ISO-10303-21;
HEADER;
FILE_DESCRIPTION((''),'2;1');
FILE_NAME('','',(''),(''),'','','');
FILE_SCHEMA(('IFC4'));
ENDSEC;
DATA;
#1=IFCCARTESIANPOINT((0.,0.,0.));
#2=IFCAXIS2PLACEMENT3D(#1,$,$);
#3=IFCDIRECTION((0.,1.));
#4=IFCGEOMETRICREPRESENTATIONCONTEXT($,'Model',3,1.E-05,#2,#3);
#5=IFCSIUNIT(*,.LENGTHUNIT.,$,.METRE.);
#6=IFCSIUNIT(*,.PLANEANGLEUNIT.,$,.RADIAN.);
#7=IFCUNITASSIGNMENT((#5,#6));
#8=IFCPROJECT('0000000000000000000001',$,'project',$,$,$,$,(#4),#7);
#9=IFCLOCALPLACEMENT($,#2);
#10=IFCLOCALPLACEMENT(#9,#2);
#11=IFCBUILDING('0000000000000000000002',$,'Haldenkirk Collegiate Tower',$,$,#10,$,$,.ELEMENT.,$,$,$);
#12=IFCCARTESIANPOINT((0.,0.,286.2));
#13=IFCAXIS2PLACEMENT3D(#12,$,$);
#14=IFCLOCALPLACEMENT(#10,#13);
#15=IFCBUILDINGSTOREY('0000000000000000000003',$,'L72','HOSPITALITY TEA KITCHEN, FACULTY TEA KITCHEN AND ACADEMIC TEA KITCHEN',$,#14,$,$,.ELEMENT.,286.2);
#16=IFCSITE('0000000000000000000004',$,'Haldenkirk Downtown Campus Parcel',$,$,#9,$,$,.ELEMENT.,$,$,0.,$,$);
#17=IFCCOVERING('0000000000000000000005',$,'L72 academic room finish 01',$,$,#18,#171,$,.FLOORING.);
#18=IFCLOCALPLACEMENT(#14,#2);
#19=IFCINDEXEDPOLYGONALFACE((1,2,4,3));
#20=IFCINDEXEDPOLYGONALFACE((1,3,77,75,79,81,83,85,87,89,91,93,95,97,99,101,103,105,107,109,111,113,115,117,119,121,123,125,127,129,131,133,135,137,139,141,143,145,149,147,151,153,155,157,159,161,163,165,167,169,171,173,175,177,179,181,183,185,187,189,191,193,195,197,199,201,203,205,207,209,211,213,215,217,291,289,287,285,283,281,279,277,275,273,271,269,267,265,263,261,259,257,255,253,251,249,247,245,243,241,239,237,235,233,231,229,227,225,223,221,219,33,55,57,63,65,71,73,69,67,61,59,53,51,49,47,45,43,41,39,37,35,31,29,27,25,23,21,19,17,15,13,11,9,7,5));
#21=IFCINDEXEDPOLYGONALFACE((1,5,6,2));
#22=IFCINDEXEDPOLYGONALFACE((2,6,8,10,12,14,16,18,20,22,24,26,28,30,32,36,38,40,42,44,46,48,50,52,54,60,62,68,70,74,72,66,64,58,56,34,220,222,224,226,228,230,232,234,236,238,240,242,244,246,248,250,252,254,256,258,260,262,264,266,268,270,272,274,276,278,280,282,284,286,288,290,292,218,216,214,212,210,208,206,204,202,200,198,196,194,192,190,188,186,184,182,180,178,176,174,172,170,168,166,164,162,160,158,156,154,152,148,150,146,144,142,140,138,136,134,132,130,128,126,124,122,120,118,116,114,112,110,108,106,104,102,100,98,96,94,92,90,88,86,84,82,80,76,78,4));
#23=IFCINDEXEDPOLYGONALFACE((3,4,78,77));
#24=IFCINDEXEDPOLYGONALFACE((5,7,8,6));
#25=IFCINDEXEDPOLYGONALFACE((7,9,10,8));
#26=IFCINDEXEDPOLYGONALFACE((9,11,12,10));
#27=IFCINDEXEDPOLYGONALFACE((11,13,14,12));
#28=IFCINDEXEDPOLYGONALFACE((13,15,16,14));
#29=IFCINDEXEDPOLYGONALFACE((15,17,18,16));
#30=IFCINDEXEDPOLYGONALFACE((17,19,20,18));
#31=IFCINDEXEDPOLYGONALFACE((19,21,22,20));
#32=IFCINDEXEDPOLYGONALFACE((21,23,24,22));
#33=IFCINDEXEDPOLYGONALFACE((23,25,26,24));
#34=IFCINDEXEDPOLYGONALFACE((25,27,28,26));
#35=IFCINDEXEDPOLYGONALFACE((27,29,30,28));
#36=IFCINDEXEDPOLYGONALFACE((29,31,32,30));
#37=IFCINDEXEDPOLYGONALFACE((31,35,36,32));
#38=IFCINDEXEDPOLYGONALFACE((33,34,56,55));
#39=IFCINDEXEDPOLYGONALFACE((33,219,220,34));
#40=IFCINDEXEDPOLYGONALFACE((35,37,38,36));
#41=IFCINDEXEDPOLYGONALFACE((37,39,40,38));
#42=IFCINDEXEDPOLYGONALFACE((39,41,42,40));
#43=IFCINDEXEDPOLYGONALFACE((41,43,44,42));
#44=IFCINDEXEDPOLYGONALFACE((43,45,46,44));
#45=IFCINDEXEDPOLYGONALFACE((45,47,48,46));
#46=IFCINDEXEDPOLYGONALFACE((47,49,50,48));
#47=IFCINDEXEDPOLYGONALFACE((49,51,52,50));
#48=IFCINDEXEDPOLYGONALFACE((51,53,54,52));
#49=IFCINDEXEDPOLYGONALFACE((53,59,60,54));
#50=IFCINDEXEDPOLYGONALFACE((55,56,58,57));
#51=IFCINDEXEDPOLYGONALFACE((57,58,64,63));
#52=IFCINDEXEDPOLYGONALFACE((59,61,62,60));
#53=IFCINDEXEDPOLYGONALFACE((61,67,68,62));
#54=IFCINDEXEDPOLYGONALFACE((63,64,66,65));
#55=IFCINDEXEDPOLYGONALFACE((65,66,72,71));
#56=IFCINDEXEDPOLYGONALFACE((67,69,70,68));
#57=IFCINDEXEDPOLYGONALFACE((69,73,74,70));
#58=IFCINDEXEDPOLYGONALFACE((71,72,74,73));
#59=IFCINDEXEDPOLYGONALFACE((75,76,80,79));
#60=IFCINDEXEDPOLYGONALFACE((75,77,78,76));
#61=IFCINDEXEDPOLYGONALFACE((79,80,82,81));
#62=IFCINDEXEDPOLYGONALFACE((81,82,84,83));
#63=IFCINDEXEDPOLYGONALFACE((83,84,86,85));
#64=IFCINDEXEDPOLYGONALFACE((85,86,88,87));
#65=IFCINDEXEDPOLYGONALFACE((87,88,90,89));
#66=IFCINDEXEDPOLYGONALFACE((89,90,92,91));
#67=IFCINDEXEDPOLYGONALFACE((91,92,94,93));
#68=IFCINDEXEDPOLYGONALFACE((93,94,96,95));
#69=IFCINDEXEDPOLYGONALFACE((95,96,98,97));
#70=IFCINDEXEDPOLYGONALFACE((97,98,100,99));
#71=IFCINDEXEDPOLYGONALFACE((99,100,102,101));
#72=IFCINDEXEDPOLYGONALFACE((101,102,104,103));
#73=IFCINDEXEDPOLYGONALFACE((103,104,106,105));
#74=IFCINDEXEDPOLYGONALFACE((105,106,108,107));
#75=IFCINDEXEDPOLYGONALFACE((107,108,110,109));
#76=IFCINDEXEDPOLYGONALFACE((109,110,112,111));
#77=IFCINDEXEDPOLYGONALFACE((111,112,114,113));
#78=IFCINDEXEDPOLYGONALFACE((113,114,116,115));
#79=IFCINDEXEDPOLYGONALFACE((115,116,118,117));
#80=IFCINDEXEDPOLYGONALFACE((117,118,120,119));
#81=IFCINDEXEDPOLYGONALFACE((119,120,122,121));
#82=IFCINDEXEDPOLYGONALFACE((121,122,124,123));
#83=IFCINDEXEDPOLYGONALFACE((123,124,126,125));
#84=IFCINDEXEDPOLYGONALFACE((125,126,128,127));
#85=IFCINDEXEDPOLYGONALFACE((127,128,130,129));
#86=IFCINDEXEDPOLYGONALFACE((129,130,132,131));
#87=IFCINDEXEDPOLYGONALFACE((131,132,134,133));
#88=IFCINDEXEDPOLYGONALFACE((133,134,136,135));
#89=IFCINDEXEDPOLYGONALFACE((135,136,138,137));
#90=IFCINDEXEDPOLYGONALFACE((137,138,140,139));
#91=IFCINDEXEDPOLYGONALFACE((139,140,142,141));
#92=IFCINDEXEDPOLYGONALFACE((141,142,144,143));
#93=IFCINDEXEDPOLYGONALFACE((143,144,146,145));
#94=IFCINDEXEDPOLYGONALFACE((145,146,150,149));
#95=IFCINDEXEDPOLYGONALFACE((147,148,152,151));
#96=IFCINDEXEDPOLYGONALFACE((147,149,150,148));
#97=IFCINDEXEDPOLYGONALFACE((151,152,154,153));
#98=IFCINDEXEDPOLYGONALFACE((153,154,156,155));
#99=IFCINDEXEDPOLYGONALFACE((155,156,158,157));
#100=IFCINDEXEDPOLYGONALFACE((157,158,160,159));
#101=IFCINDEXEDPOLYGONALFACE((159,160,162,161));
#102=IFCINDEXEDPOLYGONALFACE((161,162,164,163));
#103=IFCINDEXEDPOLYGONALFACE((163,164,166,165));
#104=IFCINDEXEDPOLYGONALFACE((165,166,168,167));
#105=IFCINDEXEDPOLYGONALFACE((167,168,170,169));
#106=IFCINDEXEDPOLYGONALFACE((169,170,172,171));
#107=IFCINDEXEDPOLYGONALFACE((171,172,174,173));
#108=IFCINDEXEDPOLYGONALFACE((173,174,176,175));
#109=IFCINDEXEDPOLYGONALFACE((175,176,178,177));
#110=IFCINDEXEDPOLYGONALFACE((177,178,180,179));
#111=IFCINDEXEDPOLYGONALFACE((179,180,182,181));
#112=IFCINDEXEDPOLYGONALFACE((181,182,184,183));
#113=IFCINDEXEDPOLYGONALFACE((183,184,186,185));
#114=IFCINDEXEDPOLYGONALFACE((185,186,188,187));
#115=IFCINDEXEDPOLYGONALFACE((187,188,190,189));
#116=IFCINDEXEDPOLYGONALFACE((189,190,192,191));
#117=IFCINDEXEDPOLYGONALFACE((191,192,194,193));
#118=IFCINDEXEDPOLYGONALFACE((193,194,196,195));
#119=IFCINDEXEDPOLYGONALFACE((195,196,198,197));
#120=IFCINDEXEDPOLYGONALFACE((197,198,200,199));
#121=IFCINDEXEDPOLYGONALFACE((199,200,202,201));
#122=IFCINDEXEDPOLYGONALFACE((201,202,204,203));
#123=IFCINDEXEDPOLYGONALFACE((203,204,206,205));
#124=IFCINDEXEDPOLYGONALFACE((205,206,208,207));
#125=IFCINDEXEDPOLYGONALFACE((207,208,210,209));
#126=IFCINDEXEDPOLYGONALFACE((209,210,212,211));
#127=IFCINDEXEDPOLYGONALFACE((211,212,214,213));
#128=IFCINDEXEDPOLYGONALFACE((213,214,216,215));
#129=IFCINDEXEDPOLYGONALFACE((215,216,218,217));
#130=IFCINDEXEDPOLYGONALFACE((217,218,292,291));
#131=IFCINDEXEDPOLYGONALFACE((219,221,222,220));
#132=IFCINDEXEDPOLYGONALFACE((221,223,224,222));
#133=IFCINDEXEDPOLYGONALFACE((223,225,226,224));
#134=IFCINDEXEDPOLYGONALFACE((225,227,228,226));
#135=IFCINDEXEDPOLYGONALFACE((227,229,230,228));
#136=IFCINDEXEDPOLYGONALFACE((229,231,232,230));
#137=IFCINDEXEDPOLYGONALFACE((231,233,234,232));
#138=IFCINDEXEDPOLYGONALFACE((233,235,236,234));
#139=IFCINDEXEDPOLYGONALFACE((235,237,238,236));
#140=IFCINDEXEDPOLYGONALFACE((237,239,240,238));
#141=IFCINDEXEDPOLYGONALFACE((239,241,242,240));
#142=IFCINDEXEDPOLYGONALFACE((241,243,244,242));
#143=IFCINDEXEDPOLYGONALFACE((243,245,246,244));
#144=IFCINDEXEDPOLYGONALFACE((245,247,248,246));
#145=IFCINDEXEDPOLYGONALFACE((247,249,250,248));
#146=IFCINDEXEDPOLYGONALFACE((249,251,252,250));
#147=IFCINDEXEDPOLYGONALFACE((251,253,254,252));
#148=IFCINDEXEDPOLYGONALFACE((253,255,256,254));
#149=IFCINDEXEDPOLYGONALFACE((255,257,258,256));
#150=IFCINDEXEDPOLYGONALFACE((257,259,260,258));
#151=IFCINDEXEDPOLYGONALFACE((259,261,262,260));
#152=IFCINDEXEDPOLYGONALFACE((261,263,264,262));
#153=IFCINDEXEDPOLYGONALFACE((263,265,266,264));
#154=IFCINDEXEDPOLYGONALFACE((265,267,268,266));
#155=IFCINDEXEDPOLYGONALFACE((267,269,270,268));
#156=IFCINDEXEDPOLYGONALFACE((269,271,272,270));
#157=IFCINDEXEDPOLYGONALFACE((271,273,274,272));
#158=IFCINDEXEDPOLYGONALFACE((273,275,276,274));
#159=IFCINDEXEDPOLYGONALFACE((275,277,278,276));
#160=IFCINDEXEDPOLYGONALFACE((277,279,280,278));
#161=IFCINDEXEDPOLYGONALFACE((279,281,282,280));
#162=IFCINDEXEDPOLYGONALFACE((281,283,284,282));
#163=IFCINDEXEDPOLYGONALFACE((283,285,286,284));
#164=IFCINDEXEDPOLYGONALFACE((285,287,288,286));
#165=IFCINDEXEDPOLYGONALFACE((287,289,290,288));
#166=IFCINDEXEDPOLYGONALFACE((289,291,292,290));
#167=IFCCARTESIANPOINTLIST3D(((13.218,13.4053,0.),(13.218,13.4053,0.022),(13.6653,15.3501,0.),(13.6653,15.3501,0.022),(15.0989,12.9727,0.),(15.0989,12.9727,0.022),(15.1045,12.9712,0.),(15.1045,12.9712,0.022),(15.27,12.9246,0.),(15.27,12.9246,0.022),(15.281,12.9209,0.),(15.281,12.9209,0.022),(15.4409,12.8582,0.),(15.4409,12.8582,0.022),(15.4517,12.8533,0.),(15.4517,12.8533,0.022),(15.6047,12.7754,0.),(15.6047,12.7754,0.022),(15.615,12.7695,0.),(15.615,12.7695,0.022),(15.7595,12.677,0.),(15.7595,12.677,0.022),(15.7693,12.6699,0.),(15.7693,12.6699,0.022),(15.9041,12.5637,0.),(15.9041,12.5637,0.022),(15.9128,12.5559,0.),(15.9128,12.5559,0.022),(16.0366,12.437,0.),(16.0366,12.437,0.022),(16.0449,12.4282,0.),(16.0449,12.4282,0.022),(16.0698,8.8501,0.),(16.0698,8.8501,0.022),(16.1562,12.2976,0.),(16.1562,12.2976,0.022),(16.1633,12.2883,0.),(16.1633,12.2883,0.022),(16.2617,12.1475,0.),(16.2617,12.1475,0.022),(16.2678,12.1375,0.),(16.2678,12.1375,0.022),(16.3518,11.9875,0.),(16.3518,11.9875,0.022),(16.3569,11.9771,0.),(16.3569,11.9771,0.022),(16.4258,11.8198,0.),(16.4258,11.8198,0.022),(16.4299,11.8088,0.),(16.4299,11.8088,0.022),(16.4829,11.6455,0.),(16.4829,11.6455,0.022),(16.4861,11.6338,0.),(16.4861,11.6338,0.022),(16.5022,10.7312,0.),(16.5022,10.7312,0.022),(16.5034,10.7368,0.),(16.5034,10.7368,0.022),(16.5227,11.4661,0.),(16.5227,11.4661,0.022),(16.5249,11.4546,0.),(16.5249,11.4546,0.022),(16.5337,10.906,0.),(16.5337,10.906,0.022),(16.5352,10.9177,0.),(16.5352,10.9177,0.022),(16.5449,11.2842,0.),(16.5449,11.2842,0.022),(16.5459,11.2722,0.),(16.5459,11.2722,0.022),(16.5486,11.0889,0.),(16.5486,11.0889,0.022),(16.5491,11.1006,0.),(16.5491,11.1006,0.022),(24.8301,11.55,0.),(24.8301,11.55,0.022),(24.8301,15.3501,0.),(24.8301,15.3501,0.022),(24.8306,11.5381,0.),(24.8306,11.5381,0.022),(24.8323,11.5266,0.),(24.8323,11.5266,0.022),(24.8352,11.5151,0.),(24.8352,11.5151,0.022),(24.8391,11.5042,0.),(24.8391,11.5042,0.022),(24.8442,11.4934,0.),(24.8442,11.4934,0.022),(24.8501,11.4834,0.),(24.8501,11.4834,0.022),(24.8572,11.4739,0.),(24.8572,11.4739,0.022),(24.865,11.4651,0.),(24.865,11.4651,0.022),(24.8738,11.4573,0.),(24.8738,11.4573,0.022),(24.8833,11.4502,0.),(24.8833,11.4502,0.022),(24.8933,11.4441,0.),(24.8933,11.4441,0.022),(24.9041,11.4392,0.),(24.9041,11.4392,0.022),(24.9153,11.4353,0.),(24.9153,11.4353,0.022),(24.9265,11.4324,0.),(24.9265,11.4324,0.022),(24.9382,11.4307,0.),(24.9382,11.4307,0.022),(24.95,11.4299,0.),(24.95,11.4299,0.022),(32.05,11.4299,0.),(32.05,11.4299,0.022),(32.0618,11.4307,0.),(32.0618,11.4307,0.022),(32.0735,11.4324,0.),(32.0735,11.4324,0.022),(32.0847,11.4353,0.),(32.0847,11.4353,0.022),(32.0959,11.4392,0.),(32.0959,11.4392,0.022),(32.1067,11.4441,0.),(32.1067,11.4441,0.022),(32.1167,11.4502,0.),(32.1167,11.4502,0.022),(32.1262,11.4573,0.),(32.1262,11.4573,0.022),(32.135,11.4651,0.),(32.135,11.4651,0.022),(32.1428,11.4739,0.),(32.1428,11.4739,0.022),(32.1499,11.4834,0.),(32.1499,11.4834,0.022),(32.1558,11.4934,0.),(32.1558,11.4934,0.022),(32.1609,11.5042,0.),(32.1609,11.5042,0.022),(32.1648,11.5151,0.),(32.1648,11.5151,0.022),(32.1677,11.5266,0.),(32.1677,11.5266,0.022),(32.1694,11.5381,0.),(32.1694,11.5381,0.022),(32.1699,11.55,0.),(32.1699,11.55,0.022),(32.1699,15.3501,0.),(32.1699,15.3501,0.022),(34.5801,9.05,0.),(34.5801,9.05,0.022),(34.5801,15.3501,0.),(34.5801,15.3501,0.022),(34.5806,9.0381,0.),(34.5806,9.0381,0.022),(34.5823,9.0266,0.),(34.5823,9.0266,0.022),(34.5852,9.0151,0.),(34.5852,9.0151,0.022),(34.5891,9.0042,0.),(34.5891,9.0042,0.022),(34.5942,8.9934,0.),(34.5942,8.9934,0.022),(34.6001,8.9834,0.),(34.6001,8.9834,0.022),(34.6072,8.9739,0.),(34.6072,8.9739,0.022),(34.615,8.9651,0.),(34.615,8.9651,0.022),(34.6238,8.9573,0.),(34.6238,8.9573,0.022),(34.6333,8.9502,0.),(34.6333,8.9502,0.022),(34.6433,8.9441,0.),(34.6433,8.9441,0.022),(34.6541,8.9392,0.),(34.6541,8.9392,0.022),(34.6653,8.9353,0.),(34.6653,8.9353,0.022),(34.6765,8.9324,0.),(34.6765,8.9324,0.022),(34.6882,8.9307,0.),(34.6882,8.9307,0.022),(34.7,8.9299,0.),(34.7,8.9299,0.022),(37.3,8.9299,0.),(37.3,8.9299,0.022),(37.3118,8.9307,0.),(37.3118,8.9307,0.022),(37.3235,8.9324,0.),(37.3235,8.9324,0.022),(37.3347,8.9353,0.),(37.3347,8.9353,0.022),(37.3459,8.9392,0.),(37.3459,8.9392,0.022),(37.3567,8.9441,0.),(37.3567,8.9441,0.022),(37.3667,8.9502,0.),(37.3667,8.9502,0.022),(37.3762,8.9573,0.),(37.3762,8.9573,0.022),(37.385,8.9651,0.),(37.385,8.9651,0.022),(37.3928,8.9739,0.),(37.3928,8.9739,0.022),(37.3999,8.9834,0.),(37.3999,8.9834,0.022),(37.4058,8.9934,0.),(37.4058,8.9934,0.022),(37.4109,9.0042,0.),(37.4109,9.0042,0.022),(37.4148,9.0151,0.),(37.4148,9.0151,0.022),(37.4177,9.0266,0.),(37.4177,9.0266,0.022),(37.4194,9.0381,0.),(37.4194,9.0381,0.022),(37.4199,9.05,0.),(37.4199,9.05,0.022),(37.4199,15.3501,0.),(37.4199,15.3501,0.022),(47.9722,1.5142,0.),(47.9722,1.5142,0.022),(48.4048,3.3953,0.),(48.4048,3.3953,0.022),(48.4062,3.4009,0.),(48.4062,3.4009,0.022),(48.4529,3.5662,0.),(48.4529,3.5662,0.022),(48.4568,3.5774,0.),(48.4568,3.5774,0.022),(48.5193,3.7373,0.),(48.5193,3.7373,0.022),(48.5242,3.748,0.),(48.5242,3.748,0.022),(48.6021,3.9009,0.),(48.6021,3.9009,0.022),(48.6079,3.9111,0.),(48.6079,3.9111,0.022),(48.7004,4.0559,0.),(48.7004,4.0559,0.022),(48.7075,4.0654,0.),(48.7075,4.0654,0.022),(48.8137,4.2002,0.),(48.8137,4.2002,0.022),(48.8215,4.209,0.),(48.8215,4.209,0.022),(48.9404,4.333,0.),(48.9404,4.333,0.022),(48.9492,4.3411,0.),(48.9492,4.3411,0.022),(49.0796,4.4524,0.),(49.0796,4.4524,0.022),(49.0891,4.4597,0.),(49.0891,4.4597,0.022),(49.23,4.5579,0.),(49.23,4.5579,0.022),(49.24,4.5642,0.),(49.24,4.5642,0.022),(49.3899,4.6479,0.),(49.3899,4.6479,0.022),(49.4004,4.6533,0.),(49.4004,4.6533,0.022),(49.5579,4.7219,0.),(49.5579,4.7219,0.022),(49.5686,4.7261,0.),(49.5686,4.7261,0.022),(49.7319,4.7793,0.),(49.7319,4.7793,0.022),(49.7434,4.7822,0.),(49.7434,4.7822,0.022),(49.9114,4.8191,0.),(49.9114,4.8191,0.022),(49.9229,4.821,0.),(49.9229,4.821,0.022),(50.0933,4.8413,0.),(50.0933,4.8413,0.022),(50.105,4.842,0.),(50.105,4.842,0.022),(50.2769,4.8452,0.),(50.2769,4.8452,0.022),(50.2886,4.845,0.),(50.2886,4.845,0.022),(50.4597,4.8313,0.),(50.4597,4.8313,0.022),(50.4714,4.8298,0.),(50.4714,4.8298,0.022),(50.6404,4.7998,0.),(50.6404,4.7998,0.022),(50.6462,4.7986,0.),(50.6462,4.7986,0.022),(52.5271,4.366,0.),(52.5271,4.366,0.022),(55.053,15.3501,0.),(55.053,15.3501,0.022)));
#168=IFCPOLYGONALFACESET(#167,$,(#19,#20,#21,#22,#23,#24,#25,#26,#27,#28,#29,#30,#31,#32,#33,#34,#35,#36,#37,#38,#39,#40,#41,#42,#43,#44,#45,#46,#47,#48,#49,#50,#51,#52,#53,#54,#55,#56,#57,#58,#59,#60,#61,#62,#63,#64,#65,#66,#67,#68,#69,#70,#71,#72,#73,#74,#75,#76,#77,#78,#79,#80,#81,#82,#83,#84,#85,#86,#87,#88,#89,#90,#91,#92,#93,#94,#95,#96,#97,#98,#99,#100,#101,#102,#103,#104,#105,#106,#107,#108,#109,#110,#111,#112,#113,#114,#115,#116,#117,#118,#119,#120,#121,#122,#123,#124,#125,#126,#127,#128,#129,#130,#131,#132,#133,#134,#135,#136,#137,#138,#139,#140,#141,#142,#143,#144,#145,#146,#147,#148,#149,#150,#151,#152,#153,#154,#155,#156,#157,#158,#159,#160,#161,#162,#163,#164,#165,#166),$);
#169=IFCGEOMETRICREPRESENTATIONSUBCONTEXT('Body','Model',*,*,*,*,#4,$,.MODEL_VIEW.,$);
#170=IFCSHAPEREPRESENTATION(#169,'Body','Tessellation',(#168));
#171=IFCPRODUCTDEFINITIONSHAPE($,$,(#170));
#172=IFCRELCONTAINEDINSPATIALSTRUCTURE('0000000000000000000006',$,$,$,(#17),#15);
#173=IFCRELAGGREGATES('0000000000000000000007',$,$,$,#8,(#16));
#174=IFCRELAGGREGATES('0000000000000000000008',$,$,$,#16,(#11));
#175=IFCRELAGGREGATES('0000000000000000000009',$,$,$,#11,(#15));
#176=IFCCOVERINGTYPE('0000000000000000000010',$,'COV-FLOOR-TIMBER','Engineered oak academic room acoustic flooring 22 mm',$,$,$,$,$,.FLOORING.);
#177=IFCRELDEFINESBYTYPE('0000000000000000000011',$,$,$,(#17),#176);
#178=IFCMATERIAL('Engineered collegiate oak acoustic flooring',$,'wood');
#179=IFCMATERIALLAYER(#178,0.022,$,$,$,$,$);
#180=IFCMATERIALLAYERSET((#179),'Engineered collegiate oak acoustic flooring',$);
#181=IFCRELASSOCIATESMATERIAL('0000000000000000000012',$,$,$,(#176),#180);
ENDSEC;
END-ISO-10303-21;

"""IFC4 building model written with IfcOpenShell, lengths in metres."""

from ifc_helpers import new_model, si_unit, direction, frame, origin, place, context, subcontext, project, spatial, polyline, outline, extrude, material, layer, layer_set, type_object, element, save


model = new_model("IFC4")

# Units and contexts
model_context = context("Model", 3, precision=1e-05, world=origin(), true_north=direction((0.0, 1.0)))
body_context = subcontext(model_context, "Body", "Model", "MODEL_VIEW")
ifc_project = project(units=[si_unit("LENGTHUNIT", "METRE"), si_unit("PLANEANGLEUNIT", "RADIAN")], contexts=[model_context])

# Site, building, storey
site_placement = place(None, origin())
site = spatial("IfcSite", under=ifc_project, at=site_placement, Name="Haldenkirk Downtown Campus Parcel", CompositionType="ELEMENT", RefElevation=0.0)
building_placement = place(site_placement, origin())
building = spatial("IfcBuilding", under=site, at=building_placement, Name="Haldenkirk Collegiate Tower", CompositionType="ELEMENT")
storey_placement = place(building_placement, frame((0.0, 0.0, 286.2)))
storey = spatial("IfcBuildingStorey", under=building, at=storey_placement, Name="L72", Description="HOSPITALITY TEA KITCHEN, FACULTY TEA KITCHEN AND ACADEMIC TEA KITCHEN", CompositionType="ELEMENT", Elevation=286.2)

# Covering
ifc_material_1 = material(Name="Engineered collegiate oak acoustic flooring", Category="wood")
ifc_layer_1 = layer(ifc_material_1, 0.022)
ifc_layer_set_1 = layer_set([ifc_layer_1], Name="Engineered collegiate oak acoustic flooring")
covering_type_1 = type_object("IfcCoveringType", Name="COV-FLOOR-TIMBER", Description="Engineered oak academic room acoustic flooring 22 mm", PredefinedType="FLOORING", material=ifc_layer_set_1)
covering_1_placement = place(storey_placement, origin())
element("IfcCovering", 1, at=covering_1_placement, inside=storey, type_object=covering_type_1, Name="L72 academic room finish 01", PredefinedType="FLOORING", context=body_context, shape_type="SweptSolid", body=[
    extrude(outline(polyline([(49.9229, 4.821), (49.9114, 4.8191), (49.7434, 4.7822), (49.7319, 4.7793), (49.5686, 4.7261), (49.5579, 4.7219), (49.4004, 4.6533), (49.3899, 4.6479), (49.24, 4.5642), (49.23, 4.5579), (49.0891, 4.4597), (49.0796, 4.4524), (48.9492, 4.3411), (48.9404, 4.333), (48.8215, 4.209), (48.8137, 4.2002), (48.7075, 4.0654), (48.7004, 4.0559), (48.6079, 3.9111), (48.6021, 3.9009), (48.5242, 3.748), (48.5193, 3.7373), (48.4568, 3.5774), (48.4529, 3.5662), (48.4062, 3.4009), (48.4048, 3.3953), (47.9722, 1.5142), (16.0698, 8.8501), (16.5022, 10.7312), (16.5034, 10.7368), (16.5337, 10.906), (16.5352, 10.9177), (16.5486, 11.0889), (16.5491, 11.1006), (16.5459, 11.2722), (16.5449, 11.2842), (16.5249, 11.4546), (16.5227, 11.4661), (16.4861, 11.6338), (16.4829, 11.6455), (16.4299, 11.8088), (16.4258, 11.8198), (16.3569, 11.9771), (16.3518, 11.9875), (16.2678, 12.1375), (16.2617, 12.1475), (16.1633, 12.2883), (16.1562, 12.2976), (16.0449, 12.4282), (16.0366, 12.437), (15.9128, 12.5559), (15.9041, 12.5637), (15.7693, 12.6699), (15.7595, 12.677), (15.615, 12.7695), (15.6047, 12.7754), (15.4517, 12.8533), (15.4409, 12.8582), (15.281, 12.9209), (15.27, 12.9246), (15.1045, 12.9712), (15.0989, 12.9727), (13.218, 13.4053), (13.6653, 15.3501), (24.8301, 15.3501), (24.8301, 11.55), (24.8306, 11.5381), (24.8323, 11.5266), (24.8352, 11.5151), (24.8391, 11.5042), (24.8442, 11.4934), (24.8501, 11.4834), (24.8572, 11.4739), (24.865, 11.4651), (24.8738, 11.4573), (24.8833, 11.4502), (24.8933, 11.4441), (24.9041, 11.4392), (24.9153, 11.4353), (24.9265, 11.4324), (24.9382, 11.4307), (24.95, 11.4299), (32.05, 11.4299), (32.0618, 11.4307), (32.0735, 11.4324), (32.0847, 11.4353), (32.0959, 11.4392), (32.1067, 11.4441), (32.1167, 11.4502), (32.1262, 11.4573), (32.135, 11.4651), (32.1428, 11.4739), (32.1499, 11.4834), (32.1558, 11.4934), (32.1609, 11.5042), (32.1648, 11.5151), (32.1677, 11.5266), (32.1694, 11.5381), (32.1699, 11.55), (32.1699, 15.3501), (34.5801, 15.3501), (34.5801, 9.05), (34.5806, 9.0381), (34.5823, 9.0266), (34.5852, 9.0151), (34.5891, 9.0042), (34.5942, 8.9934), (34.6001, 8.9834), (34.6072, 8.9739), (34.615, 8.9651), (34.6238, 8.9573), (34.6333, 8.9502), (34.6433, 8.9441), (34.6541, 8.9392), (34.6653, 8.9353), (34.6765, 8.9324), (34.6882, 8.9307), (34.7, 8.9299), (37.3, 8.9299), (37.3118, 8.9307), (37.3235, 8.9324), (37.3347, 8.9353), (37.3459, 8.9392), (37.3567, 8.9441), (37.3667, 8.9502), (37.3762, 8.9573), (37.385, 8.9651), (37.3928, 8.9739), (37.3999, 8.9834), (37.4058, 8.9934), (37.4109, 9.0042), (37.4148, 9.0151), (37.4177, 9.0266), (37.4194, 9.0381), (37.4199, 9.05), (37.4199, 15.3501), (55.053, 15.3501), (52.5271, 4.366), (50.6462, 4.7986), (50.6404, 4.7998), (50.4714, 4.8298), (50.4597, 4.8313), (50.2886, 4.845), (50.2769, 4.8452), (50.105, 4.842), (50.0933, 4.8413), (49.9229, 4.821)])), origin(), (0.0, 0.0, 1.0), 0.022),
])

save(model, "model.ifc")
